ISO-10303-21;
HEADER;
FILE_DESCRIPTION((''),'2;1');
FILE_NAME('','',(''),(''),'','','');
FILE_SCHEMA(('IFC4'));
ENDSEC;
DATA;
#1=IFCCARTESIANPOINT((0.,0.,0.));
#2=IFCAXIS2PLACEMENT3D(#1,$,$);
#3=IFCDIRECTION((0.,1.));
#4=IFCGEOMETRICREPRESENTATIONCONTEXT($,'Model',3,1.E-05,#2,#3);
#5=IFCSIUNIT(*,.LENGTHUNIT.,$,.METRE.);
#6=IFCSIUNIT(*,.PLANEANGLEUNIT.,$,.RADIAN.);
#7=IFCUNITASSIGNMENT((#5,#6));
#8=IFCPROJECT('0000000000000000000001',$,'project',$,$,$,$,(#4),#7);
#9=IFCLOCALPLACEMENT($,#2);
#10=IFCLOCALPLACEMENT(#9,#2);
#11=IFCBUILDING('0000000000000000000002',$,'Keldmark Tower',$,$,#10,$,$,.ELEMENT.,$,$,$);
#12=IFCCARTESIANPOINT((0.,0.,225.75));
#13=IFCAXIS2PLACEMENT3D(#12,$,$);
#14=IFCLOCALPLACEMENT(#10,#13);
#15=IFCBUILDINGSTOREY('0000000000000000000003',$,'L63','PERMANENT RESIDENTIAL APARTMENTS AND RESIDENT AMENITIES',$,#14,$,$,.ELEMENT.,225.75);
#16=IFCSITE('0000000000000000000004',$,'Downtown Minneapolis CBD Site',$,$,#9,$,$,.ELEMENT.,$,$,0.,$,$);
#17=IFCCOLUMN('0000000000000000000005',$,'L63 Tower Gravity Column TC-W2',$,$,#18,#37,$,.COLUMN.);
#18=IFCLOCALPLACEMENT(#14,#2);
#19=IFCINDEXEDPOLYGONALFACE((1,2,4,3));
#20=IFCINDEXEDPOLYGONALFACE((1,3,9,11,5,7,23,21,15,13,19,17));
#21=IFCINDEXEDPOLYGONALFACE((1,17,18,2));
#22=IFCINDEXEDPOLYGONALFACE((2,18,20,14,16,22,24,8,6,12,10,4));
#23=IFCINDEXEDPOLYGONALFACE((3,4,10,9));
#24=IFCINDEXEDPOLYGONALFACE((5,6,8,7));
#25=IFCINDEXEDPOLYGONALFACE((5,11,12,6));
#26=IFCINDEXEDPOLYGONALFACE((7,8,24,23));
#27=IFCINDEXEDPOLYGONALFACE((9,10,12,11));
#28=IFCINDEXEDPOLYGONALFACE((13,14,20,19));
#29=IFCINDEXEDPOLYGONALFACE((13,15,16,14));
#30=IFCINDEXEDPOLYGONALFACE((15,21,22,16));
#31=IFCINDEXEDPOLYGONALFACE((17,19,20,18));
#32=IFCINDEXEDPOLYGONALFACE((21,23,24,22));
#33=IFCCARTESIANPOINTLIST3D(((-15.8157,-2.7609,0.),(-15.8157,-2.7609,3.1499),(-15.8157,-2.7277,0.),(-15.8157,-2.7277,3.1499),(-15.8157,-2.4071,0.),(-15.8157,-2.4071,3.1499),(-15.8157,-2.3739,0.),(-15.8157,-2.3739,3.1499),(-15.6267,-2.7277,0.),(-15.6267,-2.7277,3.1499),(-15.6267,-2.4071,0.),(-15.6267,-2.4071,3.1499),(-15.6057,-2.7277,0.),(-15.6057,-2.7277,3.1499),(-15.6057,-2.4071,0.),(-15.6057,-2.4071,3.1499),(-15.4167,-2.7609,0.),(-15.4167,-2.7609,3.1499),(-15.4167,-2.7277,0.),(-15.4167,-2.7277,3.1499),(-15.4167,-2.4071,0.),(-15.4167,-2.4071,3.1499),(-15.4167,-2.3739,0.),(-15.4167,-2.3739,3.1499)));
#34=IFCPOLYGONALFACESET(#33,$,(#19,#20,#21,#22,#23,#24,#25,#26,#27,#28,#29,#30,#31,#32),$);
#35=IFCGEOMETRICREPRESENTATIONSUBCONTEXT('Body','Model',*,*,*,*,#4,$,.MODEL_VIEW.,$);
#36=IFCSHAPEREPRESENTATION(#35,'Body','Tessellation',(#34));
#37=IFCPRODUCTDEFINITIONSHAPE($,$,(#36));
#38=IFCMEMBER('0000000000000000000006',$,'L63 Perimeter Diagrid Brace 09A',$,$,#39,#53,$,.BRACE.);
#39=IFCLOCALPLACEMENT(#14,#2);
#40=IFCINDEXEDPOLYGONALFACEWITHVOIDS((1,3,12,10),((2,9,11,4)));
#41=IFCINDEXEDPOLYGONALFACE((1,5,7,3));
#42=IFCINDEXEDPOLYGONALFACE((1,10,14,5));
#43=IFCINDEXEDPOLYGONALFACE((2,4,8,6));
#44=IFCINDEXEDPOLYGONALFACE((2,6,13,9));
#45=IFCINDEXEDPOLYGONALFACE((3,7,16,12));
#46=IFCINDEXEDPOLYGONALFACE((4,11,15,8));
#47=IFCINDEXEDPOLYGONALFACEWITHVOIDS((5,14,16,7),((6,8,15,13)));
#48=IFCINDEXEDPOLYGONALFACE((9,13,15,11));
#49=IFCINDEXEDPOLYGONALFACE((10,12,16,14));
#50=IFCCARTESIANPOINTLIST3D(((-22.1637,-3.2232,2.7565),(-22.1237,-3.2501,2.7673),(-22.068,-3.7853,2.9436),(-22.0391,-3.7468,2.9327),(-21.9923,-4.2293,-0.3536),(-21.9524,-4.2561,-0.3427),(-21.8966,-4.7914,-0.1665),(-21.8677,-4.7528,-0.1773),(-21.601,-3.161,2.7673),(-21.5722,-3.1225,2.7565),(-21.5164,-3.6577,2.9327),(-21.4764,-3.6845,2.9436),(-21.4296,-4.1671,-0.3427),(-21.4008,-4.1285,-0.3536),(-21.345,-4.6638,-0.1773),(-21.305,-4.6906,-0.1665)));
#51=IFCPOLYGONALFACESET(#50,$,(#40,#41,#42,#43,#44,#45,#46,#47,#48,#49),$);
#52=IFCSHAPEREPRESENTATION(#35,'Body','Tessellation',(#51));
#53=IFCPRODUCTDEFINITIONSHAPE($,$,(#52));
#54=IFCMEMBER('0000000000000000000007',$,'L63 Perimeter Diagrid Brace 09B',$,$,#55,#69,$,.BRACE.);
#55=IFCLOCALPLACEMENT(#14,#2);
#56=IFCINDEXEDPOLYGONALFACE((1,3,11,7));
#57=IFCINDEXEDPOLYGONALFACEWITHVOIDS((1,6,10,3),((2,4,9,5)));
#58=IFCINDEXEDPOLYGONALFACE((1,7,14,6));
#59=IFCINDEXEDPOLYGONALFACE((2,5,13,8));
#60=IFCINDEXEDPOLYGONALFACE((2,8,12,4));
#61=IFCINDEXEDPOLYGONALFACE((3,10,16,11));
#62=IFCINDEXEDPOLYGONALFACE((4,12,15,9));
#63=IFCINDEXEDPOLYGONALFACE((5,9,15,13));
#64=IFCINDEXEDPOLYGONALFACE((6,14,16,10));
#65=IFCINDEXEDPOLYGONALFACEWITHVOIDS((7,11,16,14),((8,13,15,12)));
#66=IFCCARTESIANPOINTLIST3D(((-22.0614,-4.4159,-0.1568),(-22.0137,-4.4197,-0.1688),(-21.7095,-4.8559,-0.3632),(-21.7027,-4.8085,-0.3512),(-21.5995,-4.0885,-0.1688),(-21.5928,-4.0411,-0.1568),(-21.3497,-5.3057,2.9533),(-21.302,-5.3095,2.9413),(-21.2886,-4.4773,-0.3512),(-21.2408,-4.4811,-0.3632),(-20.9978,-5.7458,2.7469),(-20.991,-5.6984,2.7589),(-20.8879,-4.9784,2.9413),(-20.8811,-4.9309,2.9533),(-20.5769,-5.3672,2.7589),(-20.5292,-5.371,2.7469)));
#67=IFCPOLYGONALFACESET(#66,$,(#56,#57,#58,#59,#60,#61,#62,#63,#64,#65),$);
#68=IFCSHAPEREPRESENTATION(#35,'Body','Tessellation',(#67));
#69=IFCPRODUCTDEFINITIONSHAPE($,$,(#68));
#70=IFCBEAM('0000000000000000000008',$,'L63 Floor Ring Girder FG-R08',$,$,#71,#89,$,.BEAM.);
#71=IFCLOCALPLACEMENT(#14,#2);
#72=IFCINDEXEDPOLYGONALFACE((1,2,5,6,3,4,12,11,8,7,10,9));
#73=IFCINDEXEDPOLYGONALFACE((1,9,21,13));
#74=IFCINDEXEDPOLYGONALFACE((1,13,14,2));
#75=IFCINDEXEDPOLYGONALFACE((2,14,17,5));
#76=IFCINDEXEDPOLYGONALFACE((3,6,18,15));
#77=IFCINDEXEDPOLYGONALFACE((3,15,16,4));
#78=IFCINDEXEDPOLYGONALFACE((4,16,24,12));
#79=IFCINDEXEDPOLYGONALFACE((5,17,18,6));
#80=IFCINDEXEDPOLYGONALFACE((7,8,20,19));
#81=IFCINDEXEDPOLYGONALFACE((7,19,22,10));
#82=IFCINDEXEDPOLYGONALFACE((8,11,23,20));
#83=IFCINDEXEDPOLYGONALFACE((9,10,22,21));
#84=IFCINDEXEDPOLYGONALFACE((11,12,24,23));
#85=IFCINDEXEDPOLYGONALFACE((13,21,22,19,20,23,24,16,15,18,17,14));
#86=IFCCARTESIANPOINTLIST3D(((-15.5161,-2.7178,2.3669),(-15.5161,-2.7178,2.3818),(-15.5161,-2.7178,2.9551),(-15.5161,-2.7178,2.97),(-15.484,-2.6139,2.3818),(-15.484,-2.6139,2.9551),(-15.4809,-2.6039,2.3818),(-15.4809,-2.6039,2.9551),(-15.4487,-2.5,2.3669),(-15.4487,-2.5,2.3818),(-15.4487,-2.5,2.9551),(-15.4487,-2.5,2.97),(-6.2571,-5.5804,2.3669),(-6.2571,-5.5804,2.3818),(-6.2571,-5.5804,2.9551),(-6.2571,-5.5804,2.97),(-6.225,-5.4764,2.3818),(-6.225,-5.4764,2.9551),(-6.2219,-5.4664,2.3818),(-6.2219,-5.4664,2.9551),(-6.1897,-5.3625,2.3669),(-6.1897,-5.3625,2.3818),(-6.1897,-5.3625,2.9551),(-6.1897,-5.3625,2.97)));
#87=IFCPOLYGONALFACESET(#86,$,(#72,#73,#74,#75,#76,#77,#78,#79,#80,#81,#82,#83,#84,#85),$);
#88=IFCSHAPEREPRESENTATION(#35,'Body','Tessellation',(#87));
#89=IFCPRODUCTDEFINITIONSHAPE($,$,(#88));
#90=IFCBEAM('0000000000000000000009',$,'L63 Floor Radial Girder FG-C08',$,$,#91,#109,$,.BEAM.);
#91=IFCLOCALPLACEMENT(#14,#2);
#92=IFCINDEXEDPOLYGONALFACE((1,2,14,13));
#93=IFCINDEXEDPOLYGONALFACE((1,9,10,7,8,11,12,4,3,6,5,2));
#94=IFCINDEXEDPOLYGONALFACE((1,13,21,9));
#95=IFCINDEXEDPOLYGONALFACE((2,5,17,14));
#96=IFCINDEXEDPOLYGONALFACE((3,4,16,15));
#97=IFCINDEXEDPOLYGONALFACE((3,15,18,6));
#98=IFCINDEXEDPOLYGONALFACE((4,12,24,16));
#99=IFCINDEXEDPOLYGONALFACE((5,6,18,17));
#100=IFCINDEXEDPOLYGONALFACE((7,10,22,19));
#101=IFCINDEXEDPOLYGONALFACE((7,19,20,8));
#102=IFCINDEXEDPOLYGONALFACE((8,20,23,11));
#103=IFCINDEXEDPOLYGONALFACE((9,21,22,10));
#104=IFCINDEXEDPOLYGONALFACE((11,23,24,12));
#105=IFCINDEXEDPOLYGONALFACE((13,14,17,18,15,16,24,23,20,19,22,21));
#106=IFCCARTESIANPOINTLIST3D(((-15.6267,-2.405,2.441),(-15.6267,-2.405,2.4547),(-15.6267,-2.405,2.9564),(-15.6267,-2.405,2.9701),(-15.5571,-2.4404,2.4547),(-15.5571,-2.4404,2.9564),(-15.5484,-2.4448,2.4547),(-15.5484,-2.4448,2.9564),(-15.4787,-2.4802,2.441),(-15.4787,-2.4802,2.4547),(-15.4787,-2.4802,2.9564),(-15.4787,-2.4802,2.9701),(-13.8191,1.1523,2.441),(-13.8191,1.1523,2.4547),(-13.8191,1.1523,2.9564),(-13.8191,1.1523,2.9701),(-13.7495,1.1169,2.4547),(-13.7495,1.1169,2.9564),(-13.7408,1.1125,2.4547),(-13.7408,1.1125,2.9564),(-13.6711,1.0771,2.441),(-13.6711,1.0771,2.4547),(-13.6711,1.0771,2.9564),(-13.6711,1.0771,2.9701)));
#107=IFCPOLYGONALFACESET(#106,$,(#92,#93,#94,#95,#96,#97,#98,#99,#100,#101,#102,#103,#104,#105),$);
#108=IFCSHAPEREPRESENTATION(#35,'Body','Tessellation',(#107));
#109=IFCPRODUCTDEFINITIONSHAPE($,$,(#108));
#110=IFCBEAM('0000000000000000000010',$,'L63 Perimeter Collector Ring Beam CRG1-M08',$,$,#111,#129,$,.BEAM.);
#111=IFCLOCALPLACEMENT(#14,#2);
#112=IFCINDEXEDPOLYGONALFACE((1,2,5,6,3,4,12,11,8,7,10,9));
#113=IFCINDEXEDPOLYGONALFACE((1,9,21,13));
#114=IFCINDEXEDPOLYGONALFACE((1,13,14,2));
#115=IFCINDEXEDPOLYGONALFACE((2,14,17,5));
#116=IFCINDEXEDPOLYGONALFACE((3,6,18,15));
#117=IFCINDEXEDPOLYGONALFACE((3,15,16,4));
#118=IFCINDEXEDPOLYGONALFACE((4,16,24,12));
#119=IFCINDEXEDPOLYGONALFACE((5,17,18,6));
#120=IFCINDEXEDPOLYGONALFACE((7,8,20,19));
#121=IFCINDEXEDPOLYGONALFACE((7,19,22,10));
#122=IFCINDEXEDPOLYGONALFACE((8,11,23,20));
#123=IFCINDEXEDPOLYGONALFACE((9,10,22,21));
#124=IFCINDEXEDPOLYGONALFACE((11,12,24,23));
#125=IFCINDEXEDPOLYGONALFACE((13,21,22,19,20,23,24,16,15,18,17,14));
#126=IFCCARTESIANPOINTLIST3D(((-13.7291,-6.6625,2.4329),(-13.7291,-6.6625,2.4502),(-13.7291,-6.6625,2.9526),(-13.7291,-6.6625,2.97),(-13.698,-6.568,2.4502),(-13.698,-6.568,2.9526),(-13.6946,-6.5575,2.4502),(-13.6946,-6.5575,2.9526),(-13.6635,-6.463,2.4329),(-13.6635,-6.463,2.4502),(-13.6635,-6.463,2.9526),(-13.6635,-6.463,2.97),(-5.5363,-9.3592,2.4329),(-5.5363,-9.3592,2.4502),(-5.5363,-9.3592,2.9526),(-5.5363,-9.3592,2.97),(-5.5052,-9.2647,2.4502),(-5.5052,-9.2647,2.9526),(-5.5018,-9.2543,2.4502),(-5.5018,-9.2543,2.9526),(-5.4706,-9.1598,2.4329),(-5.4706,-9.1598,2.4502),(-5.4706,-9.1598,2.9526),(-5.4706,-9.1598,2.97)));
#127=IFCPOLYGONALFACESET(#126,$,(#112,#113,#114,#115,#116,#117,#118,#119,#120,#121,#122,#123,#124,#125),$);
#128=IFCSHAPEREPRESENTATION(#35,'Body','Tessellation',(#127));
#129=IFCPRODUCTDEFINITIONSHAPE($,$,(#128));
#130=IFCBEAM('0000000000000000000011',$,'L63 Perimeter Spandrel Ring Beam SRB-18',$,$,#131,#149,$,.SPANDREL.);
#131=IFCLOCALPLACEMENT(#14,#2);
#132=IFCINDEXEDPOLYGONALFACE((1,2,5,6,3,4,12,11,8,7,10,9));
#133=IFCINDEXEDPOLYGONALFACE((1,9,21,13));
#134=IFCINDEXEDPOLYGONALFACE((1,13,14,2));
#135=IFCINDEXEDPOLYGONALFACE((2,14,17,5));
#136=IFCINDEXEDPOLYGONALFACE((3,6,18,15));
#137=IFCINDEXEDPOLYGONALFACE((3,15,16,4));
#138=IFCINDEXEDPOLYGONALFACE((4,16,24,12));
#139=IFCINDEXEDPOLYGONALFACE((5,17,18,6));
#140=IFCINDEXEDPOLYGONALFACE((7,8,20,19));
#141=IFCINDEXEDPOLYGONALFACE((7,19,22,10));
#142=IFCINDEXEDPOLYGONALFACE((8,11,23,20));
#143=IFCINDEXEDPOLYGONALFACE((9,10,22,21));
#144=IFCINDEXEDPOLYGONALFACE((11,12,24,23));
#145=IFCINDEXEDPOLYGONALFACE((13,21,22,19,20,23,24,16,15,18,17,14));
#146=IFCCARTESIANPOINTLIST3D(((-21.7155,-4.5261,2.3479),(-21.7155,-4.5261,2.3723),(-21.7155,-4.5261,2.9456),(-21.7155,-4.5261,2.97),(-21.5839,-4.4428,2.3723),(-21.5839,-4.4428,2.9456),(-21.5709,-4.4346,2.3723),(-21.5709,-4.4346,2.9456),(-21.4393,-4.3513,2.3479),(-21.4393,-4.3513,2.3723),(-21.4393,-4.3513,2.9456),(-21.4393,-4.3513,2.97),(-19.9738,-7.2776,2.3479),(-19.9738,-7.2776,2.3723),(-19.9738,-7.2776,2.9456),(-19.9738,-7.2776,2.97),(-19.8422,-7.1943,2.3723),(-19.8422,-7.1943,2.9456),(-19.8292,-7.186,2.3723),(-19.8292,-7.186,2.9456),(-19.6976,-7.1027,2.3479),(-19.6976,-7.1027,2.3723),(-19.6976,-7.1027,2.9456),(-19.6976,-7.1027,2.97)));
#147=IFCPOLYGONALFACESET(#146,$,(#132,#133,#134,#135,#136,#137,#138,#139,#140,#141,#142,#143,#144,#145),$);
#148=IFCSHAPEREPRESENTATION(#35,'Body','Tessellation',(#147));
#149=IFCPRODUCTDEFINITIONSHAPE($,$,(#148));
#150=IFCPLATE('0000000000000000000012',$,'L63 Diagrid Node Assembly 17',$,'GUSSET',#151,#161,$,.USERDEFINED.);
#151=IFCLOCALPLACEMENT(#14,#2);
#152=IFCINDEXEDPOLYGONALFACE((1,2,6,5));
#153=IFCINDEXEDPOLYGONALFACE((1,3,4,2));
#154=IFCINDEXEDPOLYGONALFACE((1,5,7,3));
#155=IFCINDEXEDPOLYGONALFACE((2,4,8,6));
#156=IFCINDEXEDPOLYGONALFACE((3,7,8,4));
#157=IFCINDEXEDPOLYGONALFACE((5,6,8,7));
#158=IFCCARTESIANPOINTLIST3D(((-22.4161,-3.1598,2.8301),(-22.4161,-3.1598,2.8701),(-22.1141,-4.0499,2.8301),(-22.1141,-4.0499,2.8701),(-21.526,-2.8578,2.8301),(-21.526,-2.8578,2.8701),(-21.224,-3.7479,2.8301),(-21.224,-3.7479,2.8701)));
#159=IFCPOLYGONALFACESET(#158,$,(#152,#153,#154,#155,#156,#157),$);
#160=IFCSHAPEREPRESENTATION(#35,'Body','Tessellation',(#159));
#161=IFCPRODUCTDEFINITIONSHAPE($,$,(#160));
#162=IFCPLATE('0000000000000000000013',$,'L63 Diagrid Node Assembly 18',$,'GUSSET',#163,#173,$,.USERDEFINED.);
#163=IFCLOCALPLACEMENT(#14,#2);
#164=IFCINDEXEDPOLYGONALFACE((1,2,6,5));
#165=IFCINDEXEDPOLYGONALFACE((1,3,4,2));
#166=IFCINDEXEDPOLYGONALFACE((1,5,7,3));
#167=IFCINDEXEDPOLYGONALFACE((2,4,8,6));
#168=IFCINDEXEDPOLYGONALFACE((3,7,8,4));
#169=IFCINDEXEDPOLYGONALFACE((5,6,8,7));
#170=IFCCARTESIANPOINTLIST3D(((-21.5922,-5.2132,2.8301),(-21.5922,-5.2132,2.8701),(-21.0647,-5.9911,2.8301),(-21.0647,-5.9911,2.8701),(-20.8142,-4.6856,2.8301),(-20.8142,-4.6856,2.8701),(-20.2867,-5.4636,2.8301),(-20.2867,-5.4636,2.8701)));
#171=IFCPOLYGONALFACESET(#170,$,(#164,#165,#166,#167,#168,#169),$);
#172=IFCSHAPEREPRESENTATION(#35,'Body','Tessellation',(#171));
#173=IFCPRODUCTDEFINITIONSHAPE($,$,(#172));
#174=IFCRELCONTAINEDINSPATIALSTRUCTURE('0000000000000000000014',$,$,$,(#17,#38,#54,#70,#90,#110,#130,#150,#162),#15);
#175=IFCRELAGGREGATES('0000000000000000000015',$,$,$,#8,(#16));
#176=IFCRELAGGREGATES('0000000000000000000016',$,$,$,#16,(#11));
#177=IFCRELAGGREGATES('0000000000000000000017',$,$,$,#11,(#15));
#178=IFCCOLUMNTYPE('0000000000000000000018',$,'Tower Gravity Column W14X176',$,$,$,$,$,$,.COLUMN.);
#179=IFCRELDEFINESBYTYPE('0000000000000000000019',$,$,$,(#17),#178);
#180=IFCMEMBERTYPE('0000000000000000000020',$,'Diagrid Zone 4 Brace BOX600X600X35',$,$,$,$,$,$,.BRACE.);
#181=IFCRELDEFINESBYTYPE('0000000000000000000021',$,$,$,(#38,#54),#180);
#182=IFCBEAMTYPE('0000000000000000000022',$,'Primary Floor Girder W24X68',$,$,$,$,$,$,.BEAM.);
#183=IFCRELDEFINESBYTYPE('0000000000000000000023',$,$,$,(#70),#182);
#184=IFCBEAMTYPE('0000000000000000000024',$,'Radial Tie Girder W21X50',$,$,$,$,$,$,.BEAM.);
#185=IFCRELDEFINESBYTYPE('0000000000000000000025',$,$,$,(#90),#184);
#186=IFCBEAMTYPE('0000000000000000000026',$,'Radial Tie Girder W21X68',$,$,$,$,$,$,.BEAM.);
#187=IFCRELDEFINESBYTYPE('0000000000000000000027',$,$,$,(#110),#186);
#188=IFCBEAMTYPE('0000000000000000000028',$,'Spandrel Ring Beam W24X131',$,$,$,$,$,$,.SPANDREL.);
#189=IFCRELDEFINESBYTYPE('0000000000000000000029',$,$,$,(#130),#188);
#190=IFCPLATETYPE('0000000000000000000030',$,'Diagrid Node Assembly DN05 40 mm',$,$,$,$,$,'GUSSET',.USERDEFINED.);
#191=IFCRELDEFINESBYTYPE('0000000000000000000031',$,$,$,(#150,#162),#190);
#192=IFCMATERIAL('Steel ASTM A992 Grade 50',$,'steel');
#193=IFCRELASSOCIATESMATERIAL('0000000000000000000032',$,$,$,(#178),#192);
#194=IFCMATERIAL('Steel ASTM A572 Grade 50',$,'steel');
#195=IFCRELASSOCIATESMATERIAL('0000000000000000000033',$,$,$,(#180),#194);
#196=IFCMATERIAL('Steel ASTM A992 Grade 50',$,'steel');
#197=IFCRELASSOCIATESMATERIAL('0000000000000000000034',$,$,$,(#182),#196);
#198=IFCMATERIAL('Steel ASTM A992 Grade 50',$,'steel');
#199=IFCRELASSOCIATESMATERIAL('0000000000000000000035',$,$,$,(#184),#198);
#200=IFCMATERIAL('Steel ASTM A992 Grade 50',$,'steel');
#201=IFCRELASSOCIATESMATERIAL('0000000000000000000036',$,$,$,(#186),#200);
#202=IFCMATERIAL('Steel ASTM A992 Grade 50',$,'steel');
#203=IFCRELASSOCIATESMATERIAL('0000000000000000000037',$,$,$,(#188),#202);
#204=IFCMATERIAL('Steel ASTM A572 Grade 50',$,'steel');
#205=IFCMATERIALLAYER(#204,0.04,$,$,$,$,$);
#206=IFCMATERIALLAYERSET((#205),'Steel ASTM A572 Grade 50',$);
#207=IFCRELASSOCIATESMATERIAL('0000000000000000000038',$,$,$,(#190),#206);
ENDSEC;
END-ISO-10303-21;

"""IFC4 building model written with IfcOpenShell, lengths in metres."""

from ifc_helpers import new_model, si_unit, direction, frame, origin, origin_2d, place, context, subcontext, project, spatial, rectangle, hollow_rectangle, i_section, extrude, material, layer, layer_set, material_profile, profile_set, type_object, element, save


model = new_model("IFC4")

# Units and contexts
model_context = context("Model", 3, precision=1e-05, world=origin(), true_north=direction((0.0, 1.0)))
body_context = subcontext(model_context, "Body", "Model", "MODEL_VIEW")
ifc_project = project(units=[si_unit("LENGTHUNIT", "METRE"), si_unit("PLANEANGLEUNIT", "RADIAN")], contexts=[model_context])

# Site, building, storey
site_placement = place(None, origin())
site = spatial("IfcSite", under=ifc_project, at=site_placement, Name="Downtown Minneapolis CBD Site", CompositionType="ELEMENT", RefElevation=0.0)
building_placement = place(site_placement, origin())
building = spatial("IfcBuilding", under=site, at=building_placement, Name="Keldmark Tower", CompositionType="ELEMENT")
storey_placement = place(building_placement, frame((0.0, 0.0, 225.75)))
storey = spatial("IfcBuildingStorey", under=building, at=storey_placement, Name="L63", Description="PERMANENT RESIDENTIAL APARTMENTS AND RESIDENT AMENITIES", CompositionType="ELEMENT", Elevation=225.75)

# Column
ifc_material_1 = material(Name="Steel ASTM A992 Grade 50", Category="steel")
ifc_material_profile_1 = material_profile(ifc_material_1, i_section(OverallWidth=0.3989, OverallDepth=0.387, WebThickness=0.021, FlangeThickness=0.0332, at=origin_2d()), Name="W14X176")
ifc_profile_set_1 = profile_set([ifc_material_profile_1], Name="Steel ASTM A992 Grade 50")
column_type = type_object("IfcColumnType", Name="Tower Gravity Column W14X176", PredefinedType="COLUMN", material=ifc_profile_set_1)
column_placement = place(storey_placement, frame((-15.6162, -2.5674, 0.0), z_axis=(0.0, 0.0, 1.0), x_axis=(1.0, 0.0, 0.0)))
element("IfcColumn", 1, at=column_placement, inside=storey, type_object=column_type, Name="L63 Tower Gravity Column TC-W2", PredefinedType="COLUMN", context=body_context, shape_type="SweptSolid", body=[
    extrude(i_section(OverallWidth=0.3989, OverallDepth=0.387, WebThickness=0.021, FlangeThickness=0.0332, at=origin_2d()), origin(), (0.0, 0.0, 1.0), 3.1499),
])

# Members
ifc_material_2 = material(Name="Steel ASTM A572 Grade 50", Category="steel")
ifc_material_profile_2 = material_profile(ifc_material_2, hollow_rectangle(XDim=0.6001, YDim=0.6001, WallThickness=0.0349, at=origin_2d()), Name="BOX600X600X35")
ifc_profile_set_2 = profile_set([ifc_material_profile_2], Name="Steel ASTM A572 Grade 50")
member_type = type_object("IfcMemberType", Name="Diagrid Zone 4 Brace BOX600X600X35", PredefinedType="BRACE", material=ifc_profile_set_2)
member_1_placement = place(storey_placement, frame((-21.6487, -4.46, -0.26), z_axis=(-0.052359, 0.307368, 0.950149), x_axis=(-0.985799, -0.167928, 0.0)))
element("IfcMember", 2, at=member_1_placement, inside=storey, type_object=member_type, Name="L63 Perimeter Diagrid Brace 09A", PredefinedType="BRACE", context=body_context, shape_type="SweptSolid", body=[
    extrude(hollow_rectangle(XDim=0.6001, YDim=0.6001, WallThickness=0.0349, at=origin_2d()), origin(), (0.0, 0.0, 1.0), 3.2732),
])
member_2_placement = place(storey_placement, frame((-21.6511, -4.4485, -0.26), z_axis=(0.214858, -0.268665, 0.938965), x_axis=(0.780973, 0.624564, 0.0)))
element("IfcMember", 3, at=member_2_placement, inside=storey, type_object=member_type, Name="L63 Perimeter Diagrid Brace 09B", PredefinedType="BRACE", context=body_context, shape_type="SweptSolid", body=[
    extrude(hollow_rectangle(XDim=0.6001, YDim=0.6001, WallThickness=0.0349, at=origin_2d()), origin(), (0.0, 0.0, 1.0), 3.3123),
])

# Beams
ifc_material_3 = material(Name="Steel ASTM A992 Grade 50", Category="steel")
ifc_material_profile_3 = material_profile(ifc_material_3, i_section(OverallWidth=0.228, OverallDepth=0.603, WebThickness=0.0105, FlangeThickness=0.0149, at=origin_2d()), Name="W24X68")
ifc_profile_set_3 = profile_set([ifc_material_profile_3], Name="Steel ASTM A992 Grade 50")
beam_type_1 = type_object("IfcBeamType", Name="Primary Floor Girder W24X68", PredefinedType="BEAM", material=ifc_profile_set_3)
beam_1_placement = place(storey_placement, frame((-15.4824, -2.6089, 2.6685), z_axis=(0.955383, -0.295369, 0.0), x_axis=(0.295369, 0.955383, 0.0)))
element("IfcBeam", 4, at=beam_1_placement, inside=storey, type_object=beam_type_1, Name="L63 Floor Ring Girder FG-R08", PredefinedType="BEAM", context=body_context, shape_type="SweptSolid", body=[
    extrude(i_section(OverallWidth=0.228, OverallDepth=0.603, WebThickness=0.0105, FlangeThickness=0.0149, at=origin_2d()), origin(), (0.0, 0.0, 1.0), 9.6914),
])
ifc_material_4 = material(Name="Steel ASTM A992 Grade 50", Category="steel")
ifc_material_profile_4 = material_profile(ifc_material_4, i_section(OverallWidth=0.166, OverallDepth=0.5291, WebThickness=0.0098, FlangeThickness=0.0137, at=origin_2d()), Name="W21X50")
ifc_profile_set_4 = profile_set([ifc_material_profile_4], Name="Steel ASTM A992 Grade 50")
beam_type_2 = type_object("IfcBeamType", Name="Radial Tie Girder W21X50", PredefinedType="BEAM", material=ifc_profile_set_4)
beam_2_placement = place(storey_placement, frame((-15.5527, -2.4426, 2.7056), z_axis=(0.453004, 0.891508, 0.0), x_axis=(-0.891508, 0.453004, 0.0)))
element("IfcBeam", 5, at=beam_2_placement, inside=storey, type_object=beam_type_2, Name="L63 Floor Radial Girder FG-C08", PredefinedType="BEAM", context=body_context, shape_type="SweptSolid", body=[
    extrude(i_section(OverallWidth=0.166, OverallDepth=0.5291, WebThickness=0.0098, FlangeThickness=0.0137, at=origin_2d()), origin(), (0.0, 0.0, 1.0), 3.9902),
])
ifc_material_5 = material(Name="Steel ASTM A992 Grade 50", Category="steel")
ifc_material_profile_5 = material_profile(ifc_material_5, i_section(OverallWidth=0.21, OverallDepth=0.5371, WebThickness=0.011, FlangeThickness=0.0173, at=origin_2d()), Name="W21X68")
ifc_profile_set_5 = profile_set([ifc_material_profile_5], Name="Steel ASTM A992 Grade 50")
beam_type_3 = type_object("IfcBeamType", Name="Radial Tie Girder W21X68", PredefinedType="BEAM", material=ifc_profile_set_5)
beam_3_placement = place(storey_placement, frame((-13.6963, -6.5627, 2.7014), z_axis=(0.949865, -0.312659, 0.0), x_axis=(0.312659, 0.949865, 0.0)))
element("IfcBeam", 6, at=beam_3_placement, inside=storey, type_object=beam_type_3, Name="L63 Perimeter Collector Ring Beam CRG1-M08", PredefinedType="BEAM", context=body_context, shape_type="SweptSolid", body=[
    extrude(i_section(OverallWidth=0.21, OverallDepth=0.5371, WebThickness=0.011, FlangeThickness=0.0173, at=origin_2d()), origin(), (0.0, 0.0, 1.0), 8.6252),
])
ifc_material_6 = material(Name="Steel ASTM A992 Grade 50", Category="steel")
ifc_material_profile_6 = material_profile(ifc_material_6, i_section(OverallWidth=0.3269, OverallDepth=0.6221, WebThickness=0.0154, FlangeThickness=0.0244, at=origin_2d()), Name="W24X131")
ifc_profile_set_6 = profile_set([ifc_material_profile_6], Name="Steel ASTM A992 Grade 50")
beam_type_4 = type_object("IfcBeamType", Name="Spandrel Ring Beam W24X131", PredefinedType="SPANDREL", material=ifc_profile_set_6)
beam_4_placement = place(storey_placement, frame((-21.5774, -4.4387, 2.6589), z_axis=(0.534856, -0.844943, 0.0), x_axis=(0.844943, 0.534856, 0.0)))
element("IfcBeam", 7, at=beam_4_placement, inside=storey, type_object=beam_type_4, Name="L63 Perimeter Spandrel Ring Beam SRB-18", PredefinedType="SPANDREL", context=body_context, shape_type="SweptSolid", body=[
    extrude(i_section(OverallWidth=0.3269, OverallDepth=0.6221, WebThickness=0.0154, FlangeThickness=0.0244, at=origin_2d()), origin(), (0.0, 0.0, 1.0), 3.2563),
])

# Plates
ifc_material_7 = material(Name="Steel ASTM A572 Grade 50", Category="steel")
ifc_layer_1 = layer(ifc_material_7, 0.04)
ifc_layer_set_1 = layer_set([ifc_layer_1], Name="Steel ASTM A572 Grade 50")
plate_type = type_object("IfcPlateType", Name="Diagrid Node Assembly DN05 40 mm", ElementType="GUSSET", PredefinedType="USERDEFINED", material=ifc_layer_set_1)
for number, where, z_axis, x_axis, name in (
    (8, (-21.8201, -3.4539, 2.8301), (0.0, 0.0, 1.0), (0.321274, -0.946986, 0.0), "L63 Diagrid Node Assembly 17"),
    (9, (-20.9395, -5.3384, 2.8301), (0.0, 0.0, 1.0), (0.561217, -0.827669, 0.0), "L63 Diagrid Node Assembly 18"),
):
    element("IfcPlate", number, at=place(storey_placement, frame(where, z_axis=z_axis, x_axis=x_axis)), inside=storey, type_object=plate_type, Name=name, ObjectType="GUSSET", PredefinedType="USERDEFINED", context=body_context, shape_type="SweptSolid", body=[
        extrude(rectangle(XDim=0.9399, YDim=0.9399, at=origin_2d()), origin(), (0.0, 0.0, 1.0), 0.04),
    ])

save(model, "model.ifc")
